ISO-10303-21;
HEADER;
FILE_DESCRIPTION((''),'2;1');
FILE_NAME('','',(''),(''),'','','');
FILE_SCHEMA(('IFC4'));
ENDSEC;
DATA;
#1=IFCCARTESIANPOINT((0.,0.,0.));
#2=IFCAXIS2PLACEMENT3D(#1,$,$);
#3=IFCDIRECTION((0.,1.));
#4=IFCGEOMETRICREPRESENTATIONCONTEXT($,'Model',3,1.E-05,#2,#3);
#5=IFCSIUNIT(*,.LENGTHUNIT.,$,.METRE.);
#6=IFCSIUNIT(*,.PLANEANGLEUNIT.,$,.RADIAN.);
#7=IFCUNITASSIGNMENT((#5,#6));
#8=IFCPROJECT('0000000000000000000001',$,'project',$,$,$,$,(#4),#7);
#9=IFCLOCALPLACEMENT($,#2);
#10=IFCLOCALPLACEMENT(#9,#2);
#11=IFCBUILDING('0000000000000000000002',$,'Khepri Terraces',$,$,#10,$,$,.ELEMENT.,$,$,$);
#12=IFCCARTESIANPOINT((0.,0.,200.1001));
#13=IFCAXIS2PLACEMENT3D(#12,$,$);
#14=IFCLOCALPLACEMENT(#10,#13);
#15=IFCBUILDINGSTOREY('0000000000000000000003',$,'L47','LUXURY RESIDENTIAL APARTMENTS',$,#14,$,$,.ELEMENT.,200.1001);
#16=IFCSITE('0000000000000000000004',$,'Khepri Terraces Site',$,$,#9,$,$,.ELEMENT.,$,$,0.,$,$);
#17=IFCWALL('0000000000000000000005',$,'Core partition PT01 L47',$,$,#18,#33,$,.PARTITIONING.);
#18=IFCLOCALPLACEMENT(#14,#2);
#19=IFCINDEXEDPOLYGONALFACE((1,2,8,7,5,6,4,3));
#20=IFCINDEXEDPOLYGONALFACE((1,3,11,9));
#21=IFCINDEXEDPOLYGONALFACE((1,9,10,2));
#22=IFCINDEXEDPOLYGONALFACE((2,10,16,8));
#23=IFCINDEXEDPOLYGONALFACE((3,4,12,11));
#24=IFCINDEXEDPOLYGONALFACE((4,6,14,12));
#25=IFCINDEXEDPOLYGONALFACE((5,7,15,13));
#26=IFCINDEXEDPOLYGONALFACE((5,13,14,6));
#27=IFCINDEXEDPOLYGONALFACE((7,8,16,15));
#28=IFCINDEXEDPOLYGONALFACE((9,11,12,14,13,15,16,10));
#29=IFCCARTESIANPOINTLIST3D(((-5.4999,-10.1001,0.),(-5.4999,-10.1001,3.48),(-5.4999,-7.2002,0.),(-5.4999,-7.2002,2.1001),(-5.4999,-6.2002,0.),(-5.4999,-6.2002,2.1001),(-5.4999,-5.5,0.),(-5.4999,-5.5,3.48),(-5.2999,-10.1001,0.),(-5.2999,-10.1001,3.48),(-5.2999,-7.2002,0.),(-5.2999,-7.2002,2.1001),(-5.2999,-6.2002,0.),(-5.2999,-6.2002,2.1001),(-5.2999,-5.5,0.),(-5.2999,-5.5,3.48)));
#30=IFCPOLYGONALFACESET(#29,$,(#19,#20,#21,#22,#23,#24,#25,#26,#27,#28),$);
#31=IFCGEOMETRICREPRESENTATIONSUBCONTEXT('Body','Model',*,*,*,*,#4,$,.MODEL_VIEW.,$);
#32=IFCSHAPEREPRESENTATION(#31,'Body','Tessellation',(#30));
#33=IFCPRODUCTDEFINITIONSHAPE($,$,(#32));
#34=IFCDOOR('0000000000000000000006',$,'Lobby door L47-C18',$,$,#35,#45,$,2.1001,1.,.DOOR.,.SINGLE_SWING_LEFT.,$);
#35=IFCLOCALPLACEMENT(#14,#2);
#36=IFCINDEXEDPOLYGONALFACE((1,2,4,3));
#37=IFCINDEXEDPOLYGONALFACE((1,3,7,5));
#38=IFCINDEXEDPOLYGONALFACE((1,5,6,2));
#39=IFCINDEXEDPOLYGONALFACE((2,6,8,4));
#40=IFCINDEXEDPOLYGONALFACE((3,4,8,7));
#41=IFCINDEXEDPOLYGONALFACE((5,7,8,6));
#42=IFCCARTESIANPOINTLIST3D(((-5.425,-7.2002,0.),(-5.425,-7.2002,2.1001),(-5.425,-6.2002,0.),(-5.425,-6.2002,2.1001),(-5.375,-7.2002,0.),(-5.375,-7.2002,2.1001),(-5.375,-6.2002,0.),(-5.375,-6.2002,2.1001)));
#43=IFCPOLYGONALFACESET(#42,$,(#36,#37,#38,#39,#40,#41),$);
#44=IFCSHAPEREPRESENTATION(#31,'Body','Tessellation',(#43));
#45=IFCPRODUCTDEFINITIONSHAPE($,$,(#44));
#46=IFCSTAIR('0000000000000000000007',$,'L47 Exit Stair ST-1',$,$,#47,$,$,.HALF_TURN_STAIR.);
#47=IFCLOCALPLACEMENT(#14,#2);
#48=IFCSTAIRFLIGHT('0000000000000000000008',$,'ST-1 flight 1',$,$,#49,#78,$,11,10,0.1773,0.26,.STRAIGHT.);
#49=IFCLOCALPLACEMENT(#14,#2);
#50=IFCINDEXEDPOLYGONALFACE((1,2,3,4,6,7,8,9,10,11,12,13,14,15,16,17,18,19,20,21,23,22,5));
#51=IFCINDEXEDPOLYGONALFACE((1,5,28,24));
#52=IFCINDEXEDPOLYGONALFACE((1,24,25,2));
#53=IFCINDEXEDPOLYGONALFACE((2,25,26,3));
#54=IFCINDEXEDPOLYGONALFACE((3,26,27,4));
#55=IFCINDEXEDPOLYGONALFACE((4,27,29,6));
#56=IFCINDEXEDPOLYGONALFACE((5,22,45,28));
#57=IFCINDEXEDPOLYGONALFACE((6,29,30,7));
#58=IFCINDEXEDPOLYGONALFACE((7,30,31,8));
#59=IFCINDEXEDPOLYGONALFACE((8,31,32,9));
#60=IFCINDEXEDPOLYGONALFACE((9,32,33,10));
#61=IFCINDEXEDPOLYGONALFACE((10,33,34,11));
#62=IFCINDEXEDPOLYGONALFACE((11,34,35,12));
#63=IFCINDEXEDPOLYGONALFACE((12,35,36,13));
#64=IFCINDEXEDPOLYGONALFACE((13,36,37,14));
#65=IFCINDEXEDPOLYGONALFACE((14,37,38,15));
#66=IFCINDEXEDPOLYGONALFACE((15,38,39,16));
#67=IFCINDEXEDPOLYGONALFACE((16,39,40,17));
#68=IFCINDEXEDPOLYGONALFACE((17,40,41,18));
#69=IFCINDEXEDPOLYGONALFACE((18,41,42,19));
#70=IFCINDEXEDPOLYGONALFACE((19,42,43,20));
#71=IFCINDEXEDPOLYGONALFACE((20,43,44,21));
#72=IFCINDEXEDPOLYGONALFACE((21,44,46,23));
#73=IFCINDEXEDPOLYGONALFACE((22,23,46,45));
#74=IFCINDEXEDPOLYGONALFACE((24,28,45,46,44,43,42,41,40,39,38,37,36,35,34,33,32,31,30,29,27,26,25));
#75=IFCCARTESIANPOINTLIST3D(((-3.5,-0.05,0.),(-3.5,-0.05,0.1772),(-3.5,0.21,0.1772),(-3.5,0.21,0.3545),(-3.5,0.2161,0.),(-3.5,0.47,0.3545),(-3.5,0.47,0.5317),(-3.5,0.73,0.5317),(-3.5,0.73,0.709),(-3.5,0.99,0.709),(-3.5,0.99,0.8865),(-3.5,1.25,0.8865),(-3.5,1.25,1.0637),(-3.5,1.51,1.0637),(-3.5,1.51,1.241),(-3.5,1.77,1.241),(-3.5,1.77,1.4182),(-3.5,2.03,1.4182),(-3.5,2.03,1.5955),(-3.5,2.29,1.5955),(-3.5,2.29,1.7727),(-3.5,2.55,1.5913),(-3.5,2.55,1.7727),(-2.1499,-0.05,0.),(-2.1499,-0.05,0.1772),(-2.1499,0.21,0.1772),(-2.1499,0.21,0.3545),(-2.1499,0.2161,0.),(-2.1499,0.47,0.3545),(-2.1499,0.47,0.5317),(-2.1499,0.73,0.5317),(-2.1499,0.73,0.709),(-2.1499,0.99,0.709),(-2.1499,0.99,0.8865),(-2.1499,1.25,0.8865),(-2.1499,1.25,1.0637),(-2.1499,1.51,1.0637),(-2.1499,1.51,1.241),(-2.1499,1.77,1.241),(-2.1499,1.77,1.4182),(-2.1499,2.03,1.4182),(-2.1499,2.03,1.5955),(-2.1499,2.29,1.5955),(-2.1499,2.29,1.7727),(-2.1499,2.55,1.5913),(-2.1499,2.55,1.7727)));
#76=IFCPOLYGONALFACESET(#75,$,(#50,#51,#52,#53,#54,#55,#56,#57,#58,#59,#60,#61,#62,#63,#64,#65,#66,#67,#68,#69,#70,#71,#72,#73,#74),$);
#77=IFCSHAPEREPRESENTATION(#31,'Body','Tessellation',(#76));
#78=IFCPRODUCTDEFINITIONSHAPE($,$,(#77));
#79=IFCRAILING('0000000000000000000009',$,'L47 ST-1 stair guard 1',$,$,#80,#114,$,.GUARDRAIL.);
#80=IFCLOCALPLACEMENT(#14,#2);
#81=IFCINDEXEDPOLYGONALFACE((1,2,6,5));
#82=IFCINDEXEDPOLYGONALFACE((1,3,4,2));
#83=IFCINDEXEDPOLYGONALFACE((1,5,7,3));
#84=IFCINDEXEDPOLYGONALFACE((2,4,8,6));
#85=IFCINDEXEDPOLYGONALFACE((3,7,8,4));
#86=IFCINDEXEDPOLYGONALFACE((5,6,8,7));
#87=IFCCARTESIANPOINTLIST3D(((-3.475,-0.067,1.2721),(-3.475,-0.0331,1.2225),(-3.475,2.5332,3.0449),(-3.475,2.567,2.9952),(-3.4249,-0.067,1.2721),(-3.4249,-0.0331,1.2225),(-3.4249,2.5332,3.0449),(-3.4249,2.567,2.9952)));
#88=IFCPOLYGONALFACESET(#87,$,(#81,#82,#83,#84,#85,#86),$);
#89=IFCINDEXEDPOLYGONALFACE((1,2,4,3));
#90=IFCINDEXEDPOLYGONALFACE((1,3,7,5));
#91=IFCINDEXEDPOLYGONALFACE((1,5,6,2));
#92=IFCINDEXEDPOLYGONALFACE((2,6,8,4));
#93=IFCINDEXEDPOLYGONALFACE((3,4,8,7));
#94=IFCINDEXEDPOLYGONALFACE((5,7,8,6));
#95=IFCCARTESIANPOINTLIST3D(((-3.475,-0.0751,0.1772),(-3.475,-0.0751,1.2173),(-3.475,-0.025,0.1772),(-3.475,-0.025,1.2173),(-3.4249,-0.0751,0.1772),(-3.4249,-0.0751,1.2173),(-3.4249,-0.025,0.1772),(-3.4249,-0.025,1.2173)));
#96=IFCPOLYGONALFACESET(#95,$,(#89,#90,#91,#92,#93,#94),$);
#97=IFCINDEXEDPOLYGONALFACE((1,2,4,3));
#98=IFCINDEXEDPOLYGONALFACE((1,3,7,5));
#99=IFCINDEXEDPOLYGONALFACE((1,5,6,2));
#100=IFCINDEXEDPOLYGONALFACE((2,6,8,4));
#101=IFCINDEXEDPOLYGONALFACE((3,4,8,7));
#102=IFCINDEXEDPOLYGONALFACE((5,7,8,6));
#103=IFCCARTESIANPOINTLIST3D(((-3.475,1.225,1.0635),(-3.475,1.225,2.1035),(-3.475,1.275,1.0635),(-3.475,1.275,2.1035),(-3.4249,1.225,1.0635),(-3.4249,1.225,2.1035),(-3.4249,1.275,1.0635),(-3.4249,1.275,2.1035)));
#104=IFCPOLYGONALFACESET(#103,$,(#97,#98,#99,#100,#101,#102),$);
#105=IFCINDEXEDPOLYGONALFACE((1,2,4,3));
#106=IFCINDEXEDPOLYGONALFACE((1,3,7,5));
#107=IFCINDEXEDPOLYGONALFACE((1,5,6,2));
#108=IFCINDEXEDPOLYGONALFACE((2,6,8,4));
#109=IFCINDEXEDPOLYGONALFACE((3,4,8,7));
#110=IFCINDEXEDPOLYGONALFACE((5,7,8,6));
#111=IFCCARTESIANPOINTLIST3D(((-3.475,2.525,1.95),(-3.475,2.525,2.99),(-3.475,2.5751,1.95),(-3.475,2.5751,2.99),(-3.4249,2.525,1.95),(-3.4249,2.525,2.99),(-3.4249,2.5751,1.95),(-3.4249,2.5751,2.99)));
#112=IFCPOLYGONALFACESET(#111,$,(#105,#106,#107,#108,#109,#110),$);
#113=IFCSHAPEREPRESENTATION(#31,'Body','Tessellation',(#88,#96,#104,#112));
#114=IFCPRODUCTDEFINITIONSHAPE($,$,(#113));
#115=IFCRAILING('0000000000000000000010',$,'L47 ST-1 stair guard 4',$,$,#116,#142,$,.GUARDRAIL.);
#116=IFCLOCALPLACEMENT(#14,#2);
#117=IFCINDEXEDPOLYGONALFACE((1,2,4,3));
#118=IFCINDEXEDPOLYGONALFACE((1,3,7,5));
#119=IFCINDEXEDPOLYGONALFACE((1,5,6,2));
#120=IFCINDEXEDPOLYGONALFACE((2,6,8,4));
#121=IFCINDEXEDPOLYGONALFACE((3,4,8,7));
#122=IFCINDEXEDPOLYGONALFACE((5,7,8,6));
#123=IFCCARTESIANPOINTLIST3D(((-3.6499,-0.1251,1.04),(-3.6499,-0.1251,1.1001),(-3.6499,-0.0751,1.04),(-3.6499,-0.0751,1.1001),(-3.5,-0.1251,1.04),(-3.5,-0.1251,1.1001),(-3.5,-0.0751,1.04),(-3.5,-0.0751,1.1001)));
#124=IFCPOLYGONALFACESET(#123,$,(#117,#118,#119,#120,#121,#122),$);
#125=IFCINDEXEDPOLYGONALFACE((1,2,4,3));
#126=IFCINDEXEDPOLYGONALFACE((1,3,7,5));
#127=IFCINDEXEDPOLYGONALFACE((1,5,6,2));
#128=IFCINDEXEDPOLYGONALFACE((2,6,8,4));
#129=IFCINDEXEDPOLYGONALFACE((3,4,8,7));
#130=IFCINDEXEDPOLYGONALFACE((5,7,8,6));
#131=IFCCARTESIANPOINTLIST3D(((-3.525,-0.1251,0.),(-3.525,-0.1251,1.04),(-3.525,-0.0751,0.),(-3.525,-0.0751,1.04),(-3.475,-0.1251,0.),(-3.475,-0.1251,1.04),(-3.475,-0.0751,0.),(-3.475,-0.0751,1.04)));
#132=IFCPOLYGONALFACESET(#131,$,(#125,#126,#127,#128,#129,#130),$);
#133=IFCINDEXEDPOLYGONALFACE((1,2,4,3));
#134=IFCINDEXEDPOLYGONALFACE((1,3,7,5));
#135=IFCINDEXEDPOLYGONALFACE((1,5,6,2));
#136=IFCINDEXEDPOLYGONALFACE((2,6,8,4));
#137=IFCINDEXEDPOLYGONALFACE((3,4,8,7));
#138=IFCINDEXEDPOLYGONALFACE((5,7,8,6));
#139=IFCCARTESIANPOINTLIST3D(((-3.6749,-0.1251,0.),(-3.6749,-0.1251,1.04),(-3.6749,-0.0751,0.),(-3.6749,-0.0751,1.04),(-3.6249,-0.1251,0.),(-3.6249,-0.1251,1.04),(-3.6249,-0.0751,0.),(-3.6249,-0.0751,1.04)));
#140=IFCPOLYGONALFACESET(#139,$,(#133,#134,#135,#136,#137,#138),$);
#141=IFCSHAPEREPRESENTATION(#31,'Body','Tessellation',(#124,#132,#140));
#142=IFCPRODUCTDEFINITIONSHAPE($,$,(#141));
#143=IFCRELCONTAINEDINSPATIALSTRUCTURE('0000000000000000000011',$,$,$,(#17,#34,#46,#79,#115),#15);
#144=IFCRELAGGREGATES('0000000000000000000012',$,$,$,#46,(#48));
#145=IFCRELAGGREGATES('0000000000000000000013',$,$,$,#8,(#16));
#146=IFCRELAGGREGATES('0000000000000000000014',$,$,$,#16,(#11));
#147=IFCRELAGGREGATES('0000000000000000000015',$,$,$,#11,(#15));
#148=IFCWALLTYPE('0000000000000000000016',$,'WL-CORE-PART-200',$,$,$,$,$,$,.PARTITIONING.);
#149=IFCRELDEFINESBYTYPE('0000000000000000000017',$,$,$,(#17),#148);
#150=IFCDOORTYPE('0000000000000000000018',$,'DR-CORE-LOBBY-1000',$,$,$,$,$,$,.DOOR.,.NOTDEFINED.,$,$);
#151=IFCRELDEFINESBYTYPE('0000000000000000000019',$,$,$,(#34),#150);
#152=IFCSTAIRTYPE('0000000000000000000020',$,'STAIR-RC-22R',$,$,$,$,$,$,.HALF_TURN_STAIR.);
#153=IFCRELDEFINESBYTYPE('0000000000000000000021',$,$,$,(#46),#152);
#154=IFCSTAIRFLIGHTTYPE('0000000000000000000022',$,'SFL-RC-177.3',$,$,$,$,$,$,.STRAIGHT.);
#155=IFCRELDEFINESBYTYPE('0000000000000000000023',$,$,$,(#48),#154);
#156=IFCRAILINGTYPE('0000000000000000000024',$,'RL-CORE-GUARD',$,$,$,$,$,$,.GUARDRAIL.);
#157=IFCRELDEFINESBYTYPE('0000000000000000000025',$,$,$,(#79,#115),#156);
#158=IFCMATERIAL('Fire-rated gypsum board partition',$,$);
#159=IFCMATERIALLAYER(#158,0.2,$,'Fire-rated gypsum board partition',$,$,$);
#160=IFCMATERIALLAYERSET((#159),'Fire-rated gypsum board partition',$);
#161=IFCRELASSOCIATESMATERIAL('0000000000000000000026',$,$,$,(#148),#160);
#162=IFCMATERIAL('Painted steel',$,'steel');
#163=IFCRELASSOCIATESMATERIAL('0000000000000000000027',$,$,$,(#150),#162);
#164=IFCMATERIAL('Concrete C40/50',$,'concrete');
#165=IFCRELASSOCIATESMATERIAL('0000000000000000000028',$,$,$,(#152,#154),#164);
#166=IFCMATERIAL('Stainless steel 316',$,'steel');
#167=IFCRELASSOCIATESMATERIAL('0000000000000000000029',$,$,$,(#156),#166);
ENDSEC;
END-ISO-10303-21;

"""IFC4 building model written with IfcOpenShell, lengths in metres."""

from ifc_helpers import new_model, si_unit, direction, frame, frame_2d, origin, origin_2d, place, context, subcontext, project, spatial, polyline, rectangle, outline, extrude, material, layer, layer_set, type_object, element, fill, aggregate, save


model = new_model("IFC4")

# Units and contexts
model_context = context("Model", 3, precision=1e-05, world=origin(), true_north=direction((0.0, 1.0)))
body_context = subcontext(model_context, "Body", "Model", "MODEL_VIEW")
ifc_project = project(units=[si_unit("LENGTHUNIT", "METRE"), si_unit("PLANEANGLEUNIT", "RADIAN")], contexts=[model_context])

# Site, building, storey
site_placement = place(None, origin())
site = spatial("IfcSite", under=ifc_project, at=site_placement, Name="Khepri Terraces Site", CompositionType="ELEMENT", RefElevation=0.0)
building_placement = place(site_placement, origin())
building = spatial("IfcBuilding", under=site, at=building_placement, Name="Khepri Terraces", CompositionType="ELEMENT")
storey_placement = place(building_placement, frame((0.0, 0.0, 200.1001)))
storey = spatial("IfcBuildingStorey", under=building, at=storey_placement, Name="L47", Description="LUXURY RESIDENTIAL APARTMENTS", CompositionType="ELEMENT", Elevation=200.1001)

# Shared definitions
ifc_material_1 = material(Name="Painted steel", Category="steel")

# Shared definitions
ifc_material_2 = material(Name="Fire-rated gypsum board partition")

# Wall, opening, door
ifc_layer_1 = layer(ifc_material_2, 0.2, Name="Fire-rated gypsum board partition")
ifc_layer_set_1 = layer_set([ifc_layer_1], Name="Fire-rated gypsum board partition")
wall_type_1 = type_object("IfcWallType", Name="WL-CORE-PART-200", PredefinedType="PARTITIONING", material=ifc_layer_set_1)
wall_1_placement = place(storey_placement, frame((-5.3999, -10.1001, 0.0), z_axis=(0.0, 0.0, 1.0), x_axis=(0.0, 1.0, 0.0)))
wall_1 = element("IfcWall", 1, at=wall_1_placement, inside=storey, type_object=wall_type_1, Name="Core partition PT01 L47", PredefinedType="PARTITIONING", context=body_context, shape_type="SweptSolid", body=[
    extrude(rectangle(XDim=4.6001, YDim=0.2, at=frame_2d((2.3, 0.0))), origin(), (0.0, 0.0, 1.0), 3.48),
])
opening_1_placement = place(wall_1_placement, frame((2.8999, 0.0, 0.0)))
opening_1 = element("IfcOpeningElement", 2, at=opening_1_placement, cuts=wall_1, PredefinedType="OPENING", context=body_context, shape_type="SweptSolid", body=[
    extrude(rectangle(XDim=1.0, YDim=2.1001, at=frame_2d((0.5, 1.05))), frame((0.0, 0.1099, 0.0), z_axis=(0.0, -1.0, 0.0), x_axis=(1.0, 0.0, 0.0)), (0.0, 0.0, 1.0), 0.22),
])
door_type_1 = type_object("IfcDoorType", Name="DR-CORE-LOBBY-1000", OperationType="NOTDEFINED", PredefinedType="DOOR", material=ifc_material_1)
door_1_placement = place(opening_1_placement, frame((1.0, 0.0, 0.0), z_axis=(0.0, 0.0, 1.0), x_axis=(-1.0, 0.0, 0.0)))
door_1 = element("IfcDoor", 3, at=door_1_placement, inside=storey, type_object=door_type_1, Name="Lobby door L47-C18", OperationType="SINGLE_SWING_LEFT", OverallHeight=2.1001, OverallWidth=1.0, PredefinedType="DOOR", context=body_context, shape_type="SweptSolid", body=[
    extrude(rectangle(XDim=1.0, YDim=2.1001, at=frame_2d((0.5, 1.05))), frame((0.0, 0.0249, 0.0), z_axis=(0.0, -1.0, 0.0), x_axis=(1.0, 0.0, 0.0)), (0.0, 0.0, 1.0), 0.05),
])
fill(opening_1, door_1)

# Stair, stair flight
ifc_material_3 = material(Name="Concrete C40/50", Category="concrete")
stair_type = type_object("IfcStairType", Name="STAIR-RC-22R", PredefinedType="HALF_TURN_STAIR", material=ifc_material_3)
stair_placement = place(storey_placement, origin())
stair = element("IfcStair", 4, at=stair_placement, inside=storey, type_object=stair_type, Name="L47 Exit Stair ST-1", PredefinedType="HALF_TURN_STAIR")
stair_flight_type = type_object("IfcStairFlightType", Name="SFL-RC-177.3", PredefinedType="STRAIGHT", material=ifc_material_3)
stair_flight_placement = place(storey_placement, frame((-2.825, -0.05, 0.0), z_axis=(0.0, 0.0, 1.0), x_axis=(0.0, 1.0, 0.0)))
stair_flight = element("IfcStairFlight", 5, at=stair_flight_placement, type_object=stair_flight_type, Name="ST-1 flight 1", NumberOfRisers=11, NumberOfTreads=10, PredefinedType="STRAIGHT", RiserHeight=0.1773, TreadLength=0.26, context=body_context, shape_type="SweptSolid", body=[
    extrude(outline(polyline([(0.0, 0.0), (0.0, 0.1772), (0.26, 0.1772), (0.26, 0.3545), (0.52, 0.3545), (0.52, 0.5317), (0.78, 0.5317), (0.78, 0.709), (1.04, 0.709), (1.04, 0.8865), (1.3, 0.8865), (1.3, 1.0637), (1.5601, 1.0637), (1.5601, 1.241), (1.8201, 1.241), (1.8201, 1.4182), (2.0801, 1.4182), (2.0801, 1.5955), (2.3401, 1.5955), (2.3401, 1.7727), (2.6001, 1.7727), (2.6001, 1.95), (2.6001, 1.5913), (0.2661, 0.0), (0.0, 0.0)])), frame((0.0, 0.675, 0.0), z_axis=(0.0, -1.0, 0.0), x_axis=(1.0, 0.0, 0.0)), (0.0, 0.0, 1.0), 1.3501),
])
aggregate(stair, [stair_flight])

# Railings
ifc_material_4 = material(Name="Stainless steel 316", Category="steel")
railing_type = type_object("IfcRailingType", Name="RL-CORE-GUARD", PredefinedType="GUARDRAIL", material=ifc_material_4)
railing_1_placement = place(storey_placement, frame((-3.45, -0.05, 0.1772)))
element("IfcRailing", 6, at=railing_1_placement, inside=storey, type_object=railing_type, Name="L47 ST-1 stair guard 1", PredefinedType="GUARDRAIL", context=body_context, shape_type="SweptSolid", body=[
    extrude(rectangle(XDim=0.05, YDim=0.0601, at=origin_2d()), frame((0.0, 0.0, 1.0701), z_axis=(0.0, 0.82624, 0.563318), x_axis=(-1.0, 0.0, 0.0)), (0.0, 0.0, 1.0), 3.147),
    extrude(rectangle(XDim=0.05, YDim=0.05, at=origin_2d()), origin(), (0.0, 0.0, 1.0), 1.04),
    extrude(rectangle(XDim=0.05, YDim=0.05, at=origin_2d()), frame((0.0, 1.3, 0.8862)), (0.0, 0.0, 1.0), 1.04),
    extrude(rectangle(XDim=0.05, YDim=0.05, at=origin_2d()), frame((0.0, 2.6001, 1.7727)), (0.0, 0.0, 1.0), 1.04),
])
railing_2_placement = place(storey_placement, frame((-3.5, -0.1001, 0.0)))
element("IfcRailing", 7, at=railing_2_placement, inside=storey, type_object=railing_type, Name="L47 ST-1 stair guard 4", PredefinedType="GUARDRAIL", context=body_context, shape_type="SweptSolid", body=[
    extrude(rectangle(XDim=0.05, YDim=0.0601, at=origin_2d()), frame((0.0, 0.0, 1.0701), z_axis=(-1.0, 0.0, 0.0), x_axis=(0.0, -1.0, 0.0)), (0.0, 0.0, 1.0), 0.1499),
    extrude(rectangle(XDim=0.05, YDim=0.05, at=origin_2d()), origin(), (0.0, 0.0, 1.0), 1.04),
    extrude(rectangle(XDim=0.05, YDim=0.05, at=origin_2d()), frame((-0.1499, 0.0, 0.0)), (0.0, 0.0, 1.0), 1.04),
])

save(model, "model.ifc")
